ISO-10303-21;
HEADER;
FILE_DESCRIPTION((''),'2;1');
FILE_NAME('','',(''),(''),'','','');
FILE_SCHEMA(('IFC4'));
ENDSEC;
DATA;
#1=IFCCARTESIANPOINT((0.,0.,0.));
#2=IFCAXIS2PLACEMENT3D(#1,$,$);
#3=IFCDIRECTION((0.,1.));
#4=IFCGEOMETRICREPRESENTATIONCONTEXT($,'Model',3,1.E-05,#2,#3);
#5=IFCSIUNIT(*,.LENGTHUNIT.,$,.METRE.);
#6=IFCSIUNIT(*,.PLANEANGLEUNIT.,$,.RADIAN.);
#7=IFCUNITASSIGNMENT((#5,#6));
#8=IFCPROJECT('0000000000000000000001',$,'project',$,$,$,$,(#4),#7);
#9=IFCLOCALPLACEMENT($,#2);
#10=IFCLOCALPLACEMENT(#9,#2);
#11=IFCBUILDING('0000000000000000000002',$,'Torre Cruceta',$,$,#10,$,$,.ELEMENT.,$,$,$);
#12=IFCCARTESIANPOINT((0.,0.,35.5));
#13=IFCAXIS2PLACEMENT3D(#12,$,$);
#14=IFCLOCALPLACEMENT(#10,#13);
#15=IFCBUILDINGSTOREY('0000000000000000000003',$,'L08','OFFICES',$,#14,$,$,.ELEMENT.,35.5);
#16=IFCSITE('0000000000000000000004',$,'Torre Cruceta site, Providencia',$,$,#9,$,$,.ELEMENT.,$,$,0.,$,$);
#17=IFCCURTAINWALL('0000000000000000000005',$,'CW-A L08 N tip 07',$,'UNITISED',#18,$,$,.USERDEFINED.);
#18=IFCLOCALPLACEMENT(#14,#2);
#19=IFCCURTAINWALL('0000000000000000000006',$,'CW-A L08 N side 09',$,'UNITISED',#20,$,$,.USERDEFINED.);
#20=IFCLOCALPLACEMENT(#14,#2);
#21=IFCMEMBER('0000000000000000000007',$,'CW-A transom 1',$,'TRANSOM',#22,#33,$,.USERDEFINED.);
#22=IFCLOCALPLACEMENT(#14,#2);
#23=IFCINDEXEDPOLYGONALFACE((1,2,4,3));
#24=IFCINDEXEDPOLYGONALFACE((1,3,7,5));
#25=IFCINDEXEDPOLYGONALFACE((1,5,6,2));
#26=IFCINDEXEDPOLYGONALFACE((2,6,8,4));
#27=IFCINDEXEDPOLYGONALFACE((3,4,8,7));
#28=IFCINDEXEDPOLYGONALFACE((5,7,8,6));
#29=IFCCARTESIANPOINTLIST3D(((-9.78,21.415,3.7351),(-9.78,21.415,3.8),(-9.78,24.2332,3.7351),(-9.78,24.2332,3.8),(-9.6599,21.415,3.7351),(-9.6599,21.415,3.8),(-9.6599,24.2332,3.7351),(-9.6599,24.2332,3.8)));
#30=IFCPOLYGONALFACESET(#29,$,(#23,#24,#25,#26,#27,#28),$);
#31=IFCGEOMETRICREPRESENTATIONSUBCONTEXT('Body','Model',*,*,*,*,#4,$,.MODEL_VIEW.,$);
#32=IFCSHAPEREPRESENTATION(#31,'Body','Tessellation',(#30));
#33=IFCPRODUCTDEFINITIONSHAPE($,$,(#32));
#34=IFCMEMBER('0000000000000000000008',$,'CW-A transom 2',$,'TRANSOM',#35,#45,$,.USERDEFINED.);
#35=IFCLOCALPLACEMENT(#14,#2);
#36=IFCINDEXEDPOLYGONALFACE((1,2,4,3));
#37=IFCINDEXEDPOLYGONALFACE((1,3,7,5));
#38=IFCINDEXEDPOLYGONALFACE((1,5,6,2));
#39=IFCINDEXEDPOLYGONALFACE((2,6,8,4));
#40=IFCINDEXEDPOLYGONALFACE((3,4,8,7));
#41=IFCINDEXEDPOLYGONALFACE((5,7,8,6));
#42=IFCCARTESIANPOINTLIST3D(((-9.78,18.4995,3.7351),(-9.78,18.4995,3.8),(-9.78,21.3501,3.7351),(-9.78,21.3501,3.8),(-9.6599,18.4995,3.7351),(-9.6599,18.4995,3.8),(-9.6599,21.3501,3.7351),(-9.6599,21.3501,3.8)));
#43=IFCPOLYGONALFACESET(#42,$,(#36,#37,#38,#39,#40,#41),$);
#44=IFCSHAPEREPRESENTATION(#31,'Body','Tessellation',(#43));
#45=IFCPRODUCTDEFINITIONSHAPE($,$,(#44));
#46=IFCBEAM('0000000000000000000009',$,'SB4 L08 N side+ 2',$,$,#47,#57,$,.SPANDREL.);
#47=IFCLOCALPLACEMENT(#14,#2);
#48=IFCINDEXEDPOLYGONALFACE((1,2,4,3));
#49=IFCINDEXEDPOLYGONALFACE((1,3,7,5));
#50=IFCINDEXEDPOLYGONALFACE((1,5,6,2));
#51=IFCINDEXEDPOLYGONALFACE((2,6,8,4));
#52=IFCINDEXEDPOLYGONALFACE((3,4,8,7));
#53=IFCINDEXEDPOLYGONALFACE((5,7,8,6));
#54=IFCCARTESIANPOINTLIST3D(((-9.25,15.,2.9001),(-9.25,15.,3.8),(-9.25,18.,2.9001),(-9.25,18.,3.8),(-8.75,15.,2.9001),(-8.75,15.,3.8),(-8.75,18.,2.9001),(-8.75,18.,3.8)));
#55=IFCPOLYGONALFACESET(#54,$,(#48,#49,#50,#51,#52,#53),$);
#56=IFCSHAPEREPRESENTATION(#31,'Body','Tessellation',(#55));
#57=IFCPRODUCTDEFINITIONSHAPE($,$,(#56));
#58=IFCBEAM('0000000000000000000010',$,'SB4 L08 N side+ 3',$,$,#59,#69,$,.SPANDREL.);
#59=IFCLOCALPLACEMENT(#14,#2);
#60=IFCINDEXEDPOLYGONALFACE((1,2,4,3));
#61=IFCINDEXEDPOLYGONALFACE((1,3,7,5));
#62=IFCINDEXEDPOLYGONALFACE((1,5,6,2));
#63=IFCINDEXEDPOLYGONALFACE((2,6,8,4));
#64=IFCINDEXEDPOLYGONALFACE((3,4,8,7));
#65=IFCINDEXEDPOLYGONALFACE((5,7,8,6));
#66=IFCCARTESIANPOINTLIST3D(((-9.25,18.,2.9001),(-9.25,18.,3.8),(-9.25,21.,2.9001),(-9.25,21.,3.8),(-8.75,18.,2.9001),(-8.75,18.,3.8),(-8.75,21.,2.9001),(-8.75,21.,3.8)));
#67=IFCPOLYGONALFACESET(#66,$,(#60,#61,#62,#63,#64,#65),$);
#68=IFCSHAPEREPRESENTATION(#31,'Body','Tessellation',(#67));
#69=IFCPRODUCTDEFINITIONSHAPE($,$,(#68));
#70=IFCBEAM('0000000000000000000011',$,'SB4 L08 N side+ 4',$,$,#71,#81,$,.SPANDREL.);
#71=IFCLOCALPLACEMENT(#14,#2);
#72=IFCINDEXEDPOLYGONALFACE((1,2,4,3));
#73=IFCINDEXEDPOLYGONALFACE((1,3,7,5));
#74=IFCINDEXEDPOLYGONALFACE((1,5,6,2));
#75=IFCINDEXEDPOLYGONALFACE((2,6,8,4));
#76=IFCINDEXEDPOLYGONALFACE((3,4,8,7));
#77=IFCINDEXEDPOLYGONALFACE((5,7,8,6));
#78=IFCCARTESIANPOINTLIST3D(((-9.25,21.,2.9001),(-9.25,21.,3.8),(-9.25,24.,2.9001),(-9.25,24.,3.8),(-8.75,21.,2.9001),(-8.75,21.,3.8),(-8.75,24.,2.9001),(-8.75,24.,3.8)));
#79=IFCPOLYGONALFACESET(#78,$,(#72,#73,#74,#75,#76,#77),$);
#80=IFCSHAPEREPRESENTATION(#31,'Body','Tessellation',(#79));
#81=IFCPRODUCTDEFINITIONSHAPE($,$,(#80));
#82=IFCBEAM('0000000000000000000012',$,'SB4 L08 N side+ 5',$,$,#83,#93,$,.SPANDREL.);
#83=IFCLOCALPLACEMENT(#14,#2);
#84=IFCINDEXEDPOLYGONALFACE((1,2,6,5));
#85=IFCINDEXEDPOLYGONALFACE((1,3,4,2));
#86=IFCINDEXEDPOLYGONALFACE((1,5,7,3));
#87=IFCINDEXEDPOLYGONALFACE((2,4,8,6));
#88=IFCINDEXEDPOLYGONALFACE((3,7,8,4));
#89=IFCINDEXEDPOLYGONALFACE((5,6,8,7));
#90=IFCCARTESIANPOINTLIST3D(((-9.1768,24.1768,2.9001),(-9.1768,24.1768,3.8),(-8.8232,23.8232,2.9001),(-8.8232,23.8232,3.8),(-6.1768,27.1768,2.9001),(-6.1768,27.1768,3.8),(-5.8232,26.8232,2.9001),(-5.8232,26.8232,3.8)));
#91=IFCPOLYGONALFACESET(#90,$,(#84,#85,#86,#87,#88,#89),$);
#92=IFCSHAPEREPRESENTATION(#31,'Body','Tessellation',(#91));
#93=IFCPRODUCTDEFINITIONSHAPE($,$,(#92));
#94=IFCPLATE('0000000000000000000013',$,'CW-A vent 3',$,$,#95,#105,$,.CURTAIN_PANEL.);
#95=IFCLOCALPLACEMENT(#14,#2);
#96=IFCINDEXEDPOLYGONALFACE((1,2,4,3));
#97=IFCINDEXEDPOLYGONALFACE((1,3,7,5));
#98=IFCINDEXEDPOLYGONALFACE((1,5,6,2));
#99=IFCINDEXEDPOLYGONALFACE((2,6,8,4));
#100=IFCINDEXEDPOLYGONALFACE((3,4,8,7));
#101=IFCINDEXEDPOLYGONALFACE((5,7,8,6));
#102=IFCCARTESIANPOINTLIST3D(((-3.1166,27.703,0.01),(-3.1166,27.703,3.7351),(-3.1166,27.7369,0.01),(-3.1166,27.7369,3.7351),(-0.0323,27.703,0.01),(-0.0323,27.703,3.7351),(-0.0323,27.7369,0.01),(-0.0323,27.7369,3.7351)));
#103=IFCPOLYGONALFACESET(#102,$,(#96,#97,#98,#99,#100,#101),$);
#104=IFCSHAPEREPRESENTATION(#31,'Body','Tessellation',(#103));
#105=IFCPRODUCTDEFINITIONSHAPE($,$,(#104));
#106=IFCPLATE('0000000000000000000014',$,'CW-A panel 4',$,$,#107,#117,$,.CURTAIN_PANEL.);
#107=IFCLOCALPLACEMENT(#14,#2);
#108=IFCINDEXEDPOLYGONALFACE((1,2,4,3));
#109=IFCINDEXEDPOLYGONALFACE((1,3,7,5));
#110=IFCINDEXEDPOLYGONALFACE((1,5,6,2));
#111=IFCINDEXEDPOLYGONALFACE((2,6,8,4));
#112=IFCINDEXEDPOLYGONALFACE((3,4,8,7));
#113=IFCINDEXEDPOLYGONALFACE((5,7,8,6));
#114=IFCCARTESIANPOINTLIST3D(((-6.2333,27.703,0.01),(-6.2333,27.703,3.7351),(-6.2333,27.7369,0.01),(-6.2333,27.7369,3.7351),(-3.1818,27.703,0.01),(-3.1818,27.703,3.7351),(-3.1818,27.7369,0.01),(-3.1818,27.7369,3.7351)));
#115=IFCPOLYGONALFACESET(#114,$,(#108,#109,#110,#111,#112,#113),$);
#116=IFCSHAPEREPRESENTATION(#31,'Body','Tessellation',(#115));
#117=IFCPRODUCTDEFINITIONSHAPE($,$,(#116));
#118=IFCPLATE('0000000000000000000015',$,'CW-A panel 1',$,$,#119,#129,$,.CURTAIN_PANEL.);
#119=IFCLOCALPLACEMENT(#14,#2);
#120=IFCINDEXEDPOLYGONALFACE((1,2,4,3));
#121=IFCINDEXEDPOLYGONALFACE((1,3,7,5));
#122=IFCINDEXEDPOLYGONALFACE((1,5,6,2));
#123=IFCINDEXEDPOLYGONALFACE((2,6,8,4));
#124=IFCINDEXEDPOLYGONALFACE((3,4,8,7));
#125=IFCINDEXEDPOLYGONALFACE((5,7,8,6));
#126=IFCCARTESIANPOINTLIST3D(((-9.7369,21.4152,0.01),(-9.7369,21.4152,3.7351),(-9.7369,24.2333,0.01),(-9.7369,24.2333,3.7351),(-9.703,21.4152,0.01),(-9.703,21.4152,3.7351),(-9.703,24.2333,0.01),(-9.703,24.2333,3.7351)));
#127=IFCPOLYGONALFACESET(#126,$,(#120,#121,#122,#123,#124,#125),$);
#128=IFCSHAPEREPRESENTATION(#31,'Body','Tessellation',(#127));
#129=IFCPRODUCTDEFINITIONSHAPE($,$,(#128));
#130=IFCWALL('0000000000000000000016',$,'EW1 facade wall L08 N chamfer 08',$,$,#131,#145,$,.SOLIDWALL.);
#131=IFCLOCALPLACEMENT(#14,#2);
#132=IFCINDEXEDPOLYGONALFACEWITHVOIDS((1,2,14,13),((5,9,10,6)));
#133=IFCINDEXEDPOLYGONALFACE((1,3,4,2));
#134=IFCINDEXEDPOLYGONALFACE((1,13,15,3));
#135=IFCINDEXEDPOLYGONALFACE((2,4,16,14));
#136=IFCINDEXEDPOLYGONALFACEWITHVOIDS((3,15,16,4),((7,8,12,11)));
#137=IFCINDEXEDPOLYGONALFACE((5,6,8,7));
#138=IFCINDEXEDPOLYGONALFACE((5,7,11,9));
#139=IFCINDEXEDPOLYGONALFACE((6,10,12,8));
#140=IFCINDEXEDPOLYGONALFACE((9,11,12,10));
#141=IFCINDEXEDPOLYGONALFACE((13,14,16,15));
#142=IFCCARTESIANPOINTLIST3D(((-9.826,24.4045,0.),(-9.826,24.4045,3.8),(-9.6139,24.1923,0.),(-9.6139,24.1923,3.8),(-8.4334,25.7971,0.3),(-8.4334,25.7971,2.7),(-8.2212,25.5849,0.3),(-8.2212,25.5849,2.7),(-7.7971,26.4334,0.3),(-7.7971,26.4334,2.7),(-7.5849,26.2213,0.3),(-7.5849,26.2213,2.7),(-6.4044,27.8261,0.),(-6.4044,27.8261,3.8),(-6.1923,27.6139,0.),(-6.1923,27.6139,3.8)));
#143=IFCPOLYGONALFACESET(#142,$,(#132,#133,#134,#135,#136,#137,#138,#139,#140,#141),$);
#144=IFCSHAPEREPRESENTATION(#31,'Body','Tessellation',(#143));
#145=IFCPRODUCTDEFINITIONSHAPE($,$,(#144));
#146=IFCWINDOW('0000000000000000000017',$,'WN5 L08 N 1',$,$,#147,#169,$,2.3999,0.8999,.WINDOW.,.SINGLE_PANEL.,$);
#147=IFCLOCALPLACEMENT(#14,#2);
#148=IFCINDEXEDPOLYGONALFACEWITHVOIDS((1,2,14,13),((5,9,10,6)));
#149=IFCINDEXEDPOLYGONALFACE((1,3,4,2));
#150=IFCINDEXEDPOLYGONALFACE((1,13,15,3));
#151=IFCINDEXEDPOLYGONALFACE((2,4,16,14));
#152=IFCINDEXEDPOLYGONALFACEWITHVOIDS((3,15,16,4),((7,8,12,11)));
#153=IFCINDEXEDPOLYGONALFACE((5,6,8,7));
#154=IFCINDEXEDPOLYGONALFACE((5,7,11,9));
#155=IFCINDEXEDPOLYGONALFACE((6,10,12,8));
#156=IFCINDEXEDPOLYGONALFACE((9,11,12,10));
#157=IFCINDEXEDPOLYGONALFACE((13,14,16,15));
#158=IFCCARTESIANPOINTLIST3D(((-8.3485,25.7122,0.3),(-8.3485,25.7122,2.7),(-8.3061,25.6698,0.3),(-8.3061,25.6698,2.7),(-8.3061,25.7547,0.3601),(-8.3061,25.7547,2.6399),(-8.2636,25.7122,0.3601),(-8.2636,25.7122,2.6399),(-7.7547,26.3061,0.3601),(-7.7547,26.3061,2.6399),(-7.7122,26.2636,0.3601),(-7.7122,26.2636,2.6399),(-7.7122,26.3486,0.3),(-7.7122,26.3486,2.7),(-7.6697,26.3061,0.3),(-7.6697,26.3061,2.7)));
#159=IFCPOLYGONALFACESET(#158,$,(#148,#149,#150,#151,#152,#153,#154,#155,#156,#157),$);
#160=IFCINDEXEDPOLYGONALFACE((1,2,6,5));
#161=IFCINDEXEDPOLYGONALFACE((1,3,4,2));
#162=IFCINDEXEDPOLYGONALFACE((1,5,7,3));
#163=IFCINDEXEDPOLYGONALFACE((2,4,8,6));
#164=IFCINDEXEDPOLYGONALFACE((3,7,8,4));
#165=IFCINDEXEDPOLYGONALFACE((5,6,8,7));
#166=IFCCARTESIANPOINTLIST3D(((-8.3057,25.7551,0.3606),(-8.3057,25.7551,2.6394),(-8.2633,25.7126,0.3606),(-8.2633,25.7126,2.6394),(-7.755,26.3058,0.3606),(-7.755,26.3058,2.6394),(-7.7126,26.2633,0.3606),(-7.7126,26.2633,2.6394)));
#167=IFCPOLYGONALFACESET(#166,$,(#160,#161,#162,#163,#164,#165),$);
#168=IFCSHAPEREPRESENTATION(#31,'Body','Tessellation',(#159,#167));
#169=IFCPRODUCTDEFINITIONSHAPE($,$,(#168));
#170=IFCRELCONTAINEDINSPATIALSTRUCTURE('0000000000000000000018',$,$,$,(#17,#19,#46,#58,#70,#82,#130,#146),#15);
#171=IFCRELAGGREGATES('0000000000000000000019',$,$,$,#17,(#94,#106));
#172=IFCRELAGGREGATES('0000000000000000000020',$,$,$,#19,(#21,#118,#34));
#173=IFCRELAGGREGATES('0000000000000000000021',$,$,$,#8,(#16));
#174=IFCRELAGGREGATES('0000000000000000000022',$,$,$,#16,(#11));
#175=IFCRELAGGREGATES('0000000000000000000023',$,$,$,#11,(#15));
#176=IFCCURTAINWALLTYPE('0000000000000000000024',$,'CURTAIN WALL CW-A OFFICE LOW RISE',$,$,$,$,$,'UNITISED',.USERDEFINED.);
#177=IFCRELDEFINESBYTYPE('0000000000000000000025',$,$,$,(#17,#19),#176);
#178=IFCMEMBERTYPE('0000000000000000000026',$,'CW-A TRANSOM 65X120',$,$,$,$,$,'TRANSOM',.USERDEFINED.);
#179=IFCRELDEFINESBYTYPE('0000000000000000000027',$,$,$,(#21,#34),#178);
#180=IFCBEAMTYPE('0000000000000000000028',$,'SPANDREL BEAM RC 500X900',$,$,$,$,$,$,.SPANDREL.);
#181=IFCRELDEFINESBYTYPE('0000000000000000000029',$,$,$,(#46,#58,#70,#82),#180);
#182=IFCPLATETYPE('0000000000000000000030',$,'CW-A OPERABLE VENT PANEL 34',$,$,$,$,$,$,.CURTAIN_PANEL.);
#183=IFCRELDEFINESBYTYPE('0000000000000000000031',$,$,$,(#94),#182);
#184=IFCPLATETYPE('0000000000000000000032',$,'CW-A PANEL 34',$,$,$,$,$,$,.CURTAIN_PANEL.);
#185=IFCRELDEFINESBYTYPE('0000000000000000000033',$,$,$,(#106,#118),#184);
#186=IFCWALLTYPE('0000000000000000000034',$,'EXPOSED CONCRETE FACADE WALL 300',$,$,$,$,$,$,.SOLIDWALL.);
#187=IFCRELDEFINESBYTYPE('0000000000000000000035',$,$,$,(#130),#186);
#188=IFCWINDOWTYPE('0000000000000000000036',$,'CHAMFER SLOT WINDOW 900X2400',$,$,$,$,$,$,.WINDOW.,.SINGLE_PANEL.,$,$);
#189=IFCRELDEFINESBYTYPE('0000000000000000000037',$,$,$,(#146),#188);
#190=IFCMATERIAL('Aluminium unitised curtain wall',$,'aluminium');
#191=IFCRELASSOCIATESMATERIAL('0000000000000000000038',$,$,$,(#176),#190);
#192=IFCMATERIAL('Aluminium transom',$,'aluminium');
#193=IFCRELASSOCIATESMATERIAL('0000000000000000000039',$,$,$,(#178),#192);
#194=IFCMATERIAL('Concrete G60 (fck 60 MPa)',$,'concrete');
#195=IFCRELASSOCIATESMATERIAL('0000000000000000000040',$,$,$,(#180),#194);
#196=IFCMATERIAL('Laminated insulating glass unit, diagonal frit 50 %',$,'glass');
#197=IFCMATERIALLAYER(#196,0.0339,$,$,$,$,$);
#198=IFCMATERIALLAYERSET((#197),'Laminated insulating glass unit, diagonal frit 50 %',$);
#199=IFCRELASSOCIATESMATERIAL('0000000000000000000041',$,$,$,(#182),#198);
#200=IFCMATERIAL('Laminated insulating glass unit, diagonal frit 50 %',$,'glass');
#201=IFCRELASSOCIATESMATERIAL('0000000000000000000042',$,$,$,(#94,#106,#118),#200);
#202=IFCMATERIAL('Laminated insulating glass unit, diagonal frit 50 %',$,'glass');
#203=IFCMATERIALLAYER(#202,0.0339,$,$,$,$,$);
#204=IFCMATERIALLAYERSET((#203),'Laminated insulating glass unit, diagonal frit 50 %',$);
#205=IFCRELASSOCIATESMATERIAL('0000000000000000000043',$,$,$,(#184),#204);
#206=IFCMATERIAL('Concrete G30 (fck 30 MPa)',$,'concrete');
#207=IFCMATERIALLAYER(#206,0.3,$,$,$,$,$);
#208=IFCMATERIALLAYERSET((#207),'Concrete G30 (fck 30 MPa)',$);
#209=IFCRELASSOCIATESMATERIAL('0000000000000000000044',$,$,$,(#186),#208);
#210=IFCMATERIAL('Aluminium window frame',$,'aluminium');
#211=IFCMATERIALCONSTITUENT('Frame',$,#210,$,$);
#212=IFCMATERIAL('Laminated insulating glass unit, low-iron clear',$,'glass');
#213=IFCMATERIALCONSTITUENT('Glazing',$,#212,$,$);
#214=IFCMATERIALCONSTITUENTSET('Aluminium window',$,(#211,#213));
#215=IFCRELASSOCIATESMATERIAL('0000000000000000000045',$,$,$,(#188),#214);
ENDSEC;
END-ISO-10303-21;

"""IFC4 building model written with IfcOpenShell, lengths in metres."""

from ifc_helpers import new_model, si_unit, direction, frame, frame_2d, origin, origin_2d, place, context, subcontext, project, spatial, rectangle, hollow_rectangle, extrude, material, layer, layer_set, constituent, constituent_set, material_profile, profile_set, type_object, element, fill, aggregate, save


model = new_model("IFC4")

# Units and contexts
model_context = context("Model", 3, precision=1e-05, world=origin(), true_north=direction((0.0, 1.0)))
body_context = subcontext(model_context, "Body", "Model", "MODEL_VIEW")
ifc_project = project(units=[si_unit("LENGTHUNIT", "METRE"), si_unit("PLANEANGLEUNIT", "RADIAN")], contexts=[model_context])

# Site, building, storey
site_placement = place(None, origin())
site = spatial("IfcSite", under=ifc_project, at=site_placement, Name="Torre Cruceta site, Providencia", CompositionType="ELEMENT", RefElevation=0.0)
building_placement = place(site_placement, origin())
building = spatial("IfcBuilding", under=site, at=building_placement, Name="Torre Cruceta", CompositionType="ELEMENT")
storey_placement = place(building_placement, frame((0.0, 0.0, 35.5)))
storey = spatial("IfcBuildingStorey", under=building, at=storey_placement, Name="L08", Description="OFFICES", CompositionType="ELEMENT", Elevation=35.5)

# Curtain walls
ifc_material_1 = material(Name="Aluminium unitised curtain wall", Category="aluminium")
curtain_wall_type = type_object("IfcCurtainWallType", Name="CURTAIN WALL CW-A OFFICE LOW RISE", ElementType="UNITISED", PredefinedType="USERDEFINED", material=ifc_material_1)
curtain_wall_1_placement = place(storey_placement, origin())
curtain_wall_1 = element("IfcCurtainWall", 1, at=curtain_wall_1_placement, inside=storey, type_object=curtain_wall_type, Name="CW-A L08 N tip 07", ObjectType="UNITISED", PredefinedType="USERDEFINED")
curtain_wall_2_placement = place(storey_placement, origin())
curtain_wall_2 = element("IfcCurtainWall", 2, at=curtain_wall_2_placement, inside=storey, type_object=curtain_wall_type, Name="CW-A L08 N side 09", ObjectType="UNITISED", PredefinedType="USERDEFINED")

# Members
ifc_material_2 = material(Name="Aluminium transom", Category="aluminium")
ifc_material_profile_1 = material_profile(ifc_material_2, rectangle(XDim=0.1201, YDim=0.0649, at=origin_2d()), Name="AL 120X65")
ifc_profile_set_1 = profile_set([ifc_material_profile_1], Name="Aluminium transom")
member_type_1 = type_object("IfcMemberType", Name="CW-A TRANSOM 65X120", ElementType="TRANSOM", PredefinedType="USERDEFINED", material=ifc_profile_set_1)
member_1_placement = place(storey_placement, frame((-9.72, 24.2332, 3.7676), z_axis=(0.0, -1.0, 0.0), x_axis=(1.0, 0.0, 0.0)))
member_1 = element("IfcMember", 3, at=member_1_placement, type_object=member_type_1, Name="CW-A transom 1", ObjectType="TRANSOM", PredefinedType="USERDEFINED", context=body_context, shape_type="SweptSolid", body=[
    extrude(rectangle(XDim=0.1201, YDim=0.0649, at=origin_2d()), origin(), (0.0, 0.0, 1.0), 2.8181),
])
member_2_placement = place(storey_placement, frame((-9.72, 21.3501, 3.7676), z_axis=(0.0, -1.0, 0.0), x_axis=(1.0, 0.0, 0.0)))
member_2 = element("IfcMember", 4, at=member_2_placement, type_object=member_type_1, Name="CW-A transom 2", ObjectType="TRANSOM", PredefinedType="USERDEFINED", context=body_context, shape_type="SweptSolid", body=[
    extrude(rectangle(XDim=0.1201, YDim=0.0649, at=origin_2d()), origin(), (0.0, 0.0, 1.0), 2.8506),
])

# Beams
ifc_material_3 = material(Name="Concrete G60 (fck 60 MPa)", Category="concrete")
ifc_material_profile_2 = material_profile(ifc_material_3, rectangle(XDim=0.5, YDim=0.8999, at=origin_2d()), Name="RC 500X900")
ifc_profile_set_2 = profile_set([ifc_material_profile_2], Name="Concrete G60 (fck 60 MPa)")
beam_type_1 = type_object("IfcBeamType", Name="SPANDREL BEAM RC 500X900", PredefinedType="SPANDREL", material=ifc_profile_set_2)
for number, where, z_axis, x_axis, name in (
    (5, (-9.0, 15.0, 3.3501), (0.0, 1.0, 0.0), (-1.0, 0.0, 0.0), "SB4 L08 N side+ 2"),
    (6, (-9.0, 18.0, 3.3501), (0.0, 1.0, 0.0), (-1.0, 0.0, 0.0), "SB4 L08 N side+ 3"),
    (7, (-9.0, 21.0, 3.3501), (0.0, 1.0, 0.0), (-1.0, 0.0, 0.0), "SB4 L08 N side+ 4"),
):
    element("IfcBeam", number, at=place(storey_placement, frame(where, z_axis=z_axis, x_axis=x_axis)), inside=storey, type_object=beam_type_1, Name=name, PredefinedType="SPANDREL", context=body_context, shape_type="SweptSolid", body=[
        extrude(rectangle(XDim=0.5, YDim=0.8999, at=origin_2d()), origin(), (0.0, 0.0, 1.0), 3.0),
    ])
beam_placement = place(storey_placement, frame((-9.0, 24.0, 3.3501), z_axis=(0.707107, 0.707107, 0.0), x_axis=(-0.707107, 0.707107, 0.0)))
element("IfcBeam", 8, at=beam_placement, inside=storey, type_object=beam_type_1, Name="SB4 L08 N side+ 5", PredefinedType="SPANDREL", context=body_context, shape_type="SweptSolid", body=[
    extrude(rectangle(XDim=0.5, YDim=0.8999, at=origin_2d()), origin(), (0.0, 0.0, 1.0), 4.2427),
])

# Plates
ifc_material_4 = material(Name="Laminated insulating glass unit, diagonal frit 50 %", Category="glass")
ifc_material_5 = material(Name="Laminated insulating glass unit, diagonal frit 50 %", Category="glass")
ifc_layer_1 = layer(ifc_material_5, 0.0339)
ifc_layer_set_1 = layer_set([ifc_layer_1], Name="Laminated insulating glass unit, diagonal frit 50 %")
plate_type_1 = type_object("IfcPlateType", Name="CW-A OPERABLE VENT PANEL 34", PredefinedType="CURTAIN_PANEL", material=ifc_layer_set_1)
plate_1_placement = place(storey_placement, frame((-1.5745, 27.72, 0.01), z_axis=(0.0, 0.0, 1.0), x_axis=(-1.0, 0.0, 0.0)))
plate_1 = element("IfcPlate", 9, at=plate_1_placement, type_object=plate_type_1, material=ifc_material_4, Name="CW-A vent 3", PredefinedType="CURTAIN_PANEL", context=body_context, shape_type="SweptSolid", body=[
    extrude(rectangle(XDim=3.0842, YDim=0.0339, at=origin_2d()), origin(), (0.0, 0.0, 1.0), 3.7251),
])
ifc_material_6 = material(Name="Laminated insulating glass unit, diagonal frit 50 %", Category="glass")
ifc_layer_2 = layer(ifc_material_6, 0.0339)
ifc_layer_set_2 = layer_set([ifc_layer_2], Name="Laminated insulating glass unit, diagonal frit 50 %")
plate_type_2 = type_object("IfcPlateType", Name="CW-A PANEL 34", PredefinedType="CURTAIN_PANEL", material=ifc_layer_set_2)
plate_2_placement = place(storey_placement, frame((-4.7075, 27.72, 0.01), z_axis=(0.0, 0.0, 1.0), x_axis=(-1.0, 0.0, 0.0)))
plate_2 = element("IfcPlate", 10, at=plate_2_placement, type_object=plate_type_2, material=ifc_material_4, Name="CW-A panel 4", PredefinedType="CURTAIN_PANEL", context=body_context, shape_type="SweptSolid", body=[
    extrude(rectangle(XDim=3.0515, YDim=0.0339, at=origin_2d()), origin(), (0.0, 0.0, 1.0), 3.7251),
])
aggregate(curtain_wall_1, [plate_1, plate_2])
plate_3_placement = place(storey_placement, frame((-9.72, 22.8242, 0.01), z_axis=(0.0, 0.0, 1.0), x_axis=(0.0, -1.0, 0.0)))
plate_3 = element("IfcPlate", 11, at=plate_3_placement, type_object=plate_type_2, material=ifc_material_4, Name="CW-A panel 1", PredefinedType="CURTAIN_PANEL", context=body_context, shape_type="SweptSolid", body=[
    extrude(rectangle(XDim=2.8181, YDim=0.0339, at=origin_2d()), origin(), (0.0, 0.0, 1.0), 3.7251),
])
aggregate(curtain_wall_2, [member_1, plate_3, member_2])

# Wall, opening, window
ifc_material_7 = material(Name="Concrete G30 (fck 30 MPa)", Category="concrete")
ifc_layer_3 = layer(ifc_material_7, 0.3)
ifc_layer_set_3 = layer_set([ifc_layer_3], Name="Concrete G30 (fck 30 MPa)")
wall_type_1 = type_object("IfcWallType", Name="EXPOSED CONCRETE FACADE WALL 300", PredefinedType="SOLIDWALL", material=ifc_layer_set_3)
wall_1_placement = place(storey_placement, frame((-6.2983, 27.72, 0.0), z_axis=(0.0, 0.0, 1.0), x_axis=(-0.707107, -0.707107, 0.0)))
wall_1 = element("IfcWall", 12, at=wall_1_placement, inside=storey, type_object=wall_type_1, Name="EW1 facade wall L08 N chamfer 08", PredefinedType="SOLIDWALL", context=body_context, shape_type="SweptSolid", body=[
    extrude(rectangle(XDim=4.8389, YDim=0.3, at=frame_2d((2.4194, 0.0))), origin(), (0.0, 0.0, 1.0), 3.8),
])
opening_1_placement = place(wall_1_placement, frame((1.9695, 0.0, 0.3)))
opening_1 = element("IfcOpeningElement", 13, at=opening_1_placement, cuts=wall_1, PredefinedType="OPENING", context=body_context, shape_type="SweptSolid", body=[
    extrude(rectangle(XDim=0.8999, YDim=2.3999, at=frame_2d((0.45, 1.2))), frame((0.0, 0.1599, 0.0), z_axis=(0.0, -1.0, 0.0), x_axis=(1.0, 0.0, 0.0)), (0.0, 0.0, 1.0), 0.3201),
])
ifc_material_8 = material(Name="Aluminium window frame", Category="aluminium")
ifc_constituent_1 = constituent(ifc_material_8, Name="Frame")
ifc_material_9 = material(Name="Laminated insulating glass unit, low-iron clear", Category="glass")
ifc_constituent_2 = constituent(ifc_material_9, Name="Glazing")
ifc_constituent_set_1 = constituent_set(constituents=[ifc_constituent_1, ifc_constituent_2], Name="Aluminium window")
window_type = type_object("IfcWindowType", Name="CHAMFER SLOT WINDOW 900X2400", PartitioningType="SINGLE_PANEL", PredefinedType="WINDOW", material=ifc_constituent_set_1)
window_placement = place(opening_1_placement, origin())
window = element("IfcWindow", 14, at=window_placement, inside=storey, type_object=window_type, Name="WN5 L08 N 1", OverallHeight=2.3999, OverallWidth=0.8999, PartitioningType="SINGLE_PANEL", PredefinedType="WINDOW", context=body_context, shape_type="SweptSolid", body=[
    extrude(hollow_rectangle(XDim=0.8999, YDim=2.3999, WallThickness=0.0601, at=frame_2d((0.45, 1.2))), frame((0.0, 0.03, 0.0), z_axis=(0.0, -1.0, 0.0), x_axis=(1.0, 0.0, 0.0)), (0.0, 0.0, 1.0), 0.0601),
    extrude(rectangle(XDim=0.7788, YDim=2.2788, at=frame_2d((0.45, 1.2))), frame((0.0, 0.03, 0.0), z_axis=(0.0, -1.0, 0.0), x_axis=(1.0, 0.0, 0.0)), (0.0, 0.0, 1.0), 0.0601),
])
fill(opening_1, window)

save(model, "model.ifc")
